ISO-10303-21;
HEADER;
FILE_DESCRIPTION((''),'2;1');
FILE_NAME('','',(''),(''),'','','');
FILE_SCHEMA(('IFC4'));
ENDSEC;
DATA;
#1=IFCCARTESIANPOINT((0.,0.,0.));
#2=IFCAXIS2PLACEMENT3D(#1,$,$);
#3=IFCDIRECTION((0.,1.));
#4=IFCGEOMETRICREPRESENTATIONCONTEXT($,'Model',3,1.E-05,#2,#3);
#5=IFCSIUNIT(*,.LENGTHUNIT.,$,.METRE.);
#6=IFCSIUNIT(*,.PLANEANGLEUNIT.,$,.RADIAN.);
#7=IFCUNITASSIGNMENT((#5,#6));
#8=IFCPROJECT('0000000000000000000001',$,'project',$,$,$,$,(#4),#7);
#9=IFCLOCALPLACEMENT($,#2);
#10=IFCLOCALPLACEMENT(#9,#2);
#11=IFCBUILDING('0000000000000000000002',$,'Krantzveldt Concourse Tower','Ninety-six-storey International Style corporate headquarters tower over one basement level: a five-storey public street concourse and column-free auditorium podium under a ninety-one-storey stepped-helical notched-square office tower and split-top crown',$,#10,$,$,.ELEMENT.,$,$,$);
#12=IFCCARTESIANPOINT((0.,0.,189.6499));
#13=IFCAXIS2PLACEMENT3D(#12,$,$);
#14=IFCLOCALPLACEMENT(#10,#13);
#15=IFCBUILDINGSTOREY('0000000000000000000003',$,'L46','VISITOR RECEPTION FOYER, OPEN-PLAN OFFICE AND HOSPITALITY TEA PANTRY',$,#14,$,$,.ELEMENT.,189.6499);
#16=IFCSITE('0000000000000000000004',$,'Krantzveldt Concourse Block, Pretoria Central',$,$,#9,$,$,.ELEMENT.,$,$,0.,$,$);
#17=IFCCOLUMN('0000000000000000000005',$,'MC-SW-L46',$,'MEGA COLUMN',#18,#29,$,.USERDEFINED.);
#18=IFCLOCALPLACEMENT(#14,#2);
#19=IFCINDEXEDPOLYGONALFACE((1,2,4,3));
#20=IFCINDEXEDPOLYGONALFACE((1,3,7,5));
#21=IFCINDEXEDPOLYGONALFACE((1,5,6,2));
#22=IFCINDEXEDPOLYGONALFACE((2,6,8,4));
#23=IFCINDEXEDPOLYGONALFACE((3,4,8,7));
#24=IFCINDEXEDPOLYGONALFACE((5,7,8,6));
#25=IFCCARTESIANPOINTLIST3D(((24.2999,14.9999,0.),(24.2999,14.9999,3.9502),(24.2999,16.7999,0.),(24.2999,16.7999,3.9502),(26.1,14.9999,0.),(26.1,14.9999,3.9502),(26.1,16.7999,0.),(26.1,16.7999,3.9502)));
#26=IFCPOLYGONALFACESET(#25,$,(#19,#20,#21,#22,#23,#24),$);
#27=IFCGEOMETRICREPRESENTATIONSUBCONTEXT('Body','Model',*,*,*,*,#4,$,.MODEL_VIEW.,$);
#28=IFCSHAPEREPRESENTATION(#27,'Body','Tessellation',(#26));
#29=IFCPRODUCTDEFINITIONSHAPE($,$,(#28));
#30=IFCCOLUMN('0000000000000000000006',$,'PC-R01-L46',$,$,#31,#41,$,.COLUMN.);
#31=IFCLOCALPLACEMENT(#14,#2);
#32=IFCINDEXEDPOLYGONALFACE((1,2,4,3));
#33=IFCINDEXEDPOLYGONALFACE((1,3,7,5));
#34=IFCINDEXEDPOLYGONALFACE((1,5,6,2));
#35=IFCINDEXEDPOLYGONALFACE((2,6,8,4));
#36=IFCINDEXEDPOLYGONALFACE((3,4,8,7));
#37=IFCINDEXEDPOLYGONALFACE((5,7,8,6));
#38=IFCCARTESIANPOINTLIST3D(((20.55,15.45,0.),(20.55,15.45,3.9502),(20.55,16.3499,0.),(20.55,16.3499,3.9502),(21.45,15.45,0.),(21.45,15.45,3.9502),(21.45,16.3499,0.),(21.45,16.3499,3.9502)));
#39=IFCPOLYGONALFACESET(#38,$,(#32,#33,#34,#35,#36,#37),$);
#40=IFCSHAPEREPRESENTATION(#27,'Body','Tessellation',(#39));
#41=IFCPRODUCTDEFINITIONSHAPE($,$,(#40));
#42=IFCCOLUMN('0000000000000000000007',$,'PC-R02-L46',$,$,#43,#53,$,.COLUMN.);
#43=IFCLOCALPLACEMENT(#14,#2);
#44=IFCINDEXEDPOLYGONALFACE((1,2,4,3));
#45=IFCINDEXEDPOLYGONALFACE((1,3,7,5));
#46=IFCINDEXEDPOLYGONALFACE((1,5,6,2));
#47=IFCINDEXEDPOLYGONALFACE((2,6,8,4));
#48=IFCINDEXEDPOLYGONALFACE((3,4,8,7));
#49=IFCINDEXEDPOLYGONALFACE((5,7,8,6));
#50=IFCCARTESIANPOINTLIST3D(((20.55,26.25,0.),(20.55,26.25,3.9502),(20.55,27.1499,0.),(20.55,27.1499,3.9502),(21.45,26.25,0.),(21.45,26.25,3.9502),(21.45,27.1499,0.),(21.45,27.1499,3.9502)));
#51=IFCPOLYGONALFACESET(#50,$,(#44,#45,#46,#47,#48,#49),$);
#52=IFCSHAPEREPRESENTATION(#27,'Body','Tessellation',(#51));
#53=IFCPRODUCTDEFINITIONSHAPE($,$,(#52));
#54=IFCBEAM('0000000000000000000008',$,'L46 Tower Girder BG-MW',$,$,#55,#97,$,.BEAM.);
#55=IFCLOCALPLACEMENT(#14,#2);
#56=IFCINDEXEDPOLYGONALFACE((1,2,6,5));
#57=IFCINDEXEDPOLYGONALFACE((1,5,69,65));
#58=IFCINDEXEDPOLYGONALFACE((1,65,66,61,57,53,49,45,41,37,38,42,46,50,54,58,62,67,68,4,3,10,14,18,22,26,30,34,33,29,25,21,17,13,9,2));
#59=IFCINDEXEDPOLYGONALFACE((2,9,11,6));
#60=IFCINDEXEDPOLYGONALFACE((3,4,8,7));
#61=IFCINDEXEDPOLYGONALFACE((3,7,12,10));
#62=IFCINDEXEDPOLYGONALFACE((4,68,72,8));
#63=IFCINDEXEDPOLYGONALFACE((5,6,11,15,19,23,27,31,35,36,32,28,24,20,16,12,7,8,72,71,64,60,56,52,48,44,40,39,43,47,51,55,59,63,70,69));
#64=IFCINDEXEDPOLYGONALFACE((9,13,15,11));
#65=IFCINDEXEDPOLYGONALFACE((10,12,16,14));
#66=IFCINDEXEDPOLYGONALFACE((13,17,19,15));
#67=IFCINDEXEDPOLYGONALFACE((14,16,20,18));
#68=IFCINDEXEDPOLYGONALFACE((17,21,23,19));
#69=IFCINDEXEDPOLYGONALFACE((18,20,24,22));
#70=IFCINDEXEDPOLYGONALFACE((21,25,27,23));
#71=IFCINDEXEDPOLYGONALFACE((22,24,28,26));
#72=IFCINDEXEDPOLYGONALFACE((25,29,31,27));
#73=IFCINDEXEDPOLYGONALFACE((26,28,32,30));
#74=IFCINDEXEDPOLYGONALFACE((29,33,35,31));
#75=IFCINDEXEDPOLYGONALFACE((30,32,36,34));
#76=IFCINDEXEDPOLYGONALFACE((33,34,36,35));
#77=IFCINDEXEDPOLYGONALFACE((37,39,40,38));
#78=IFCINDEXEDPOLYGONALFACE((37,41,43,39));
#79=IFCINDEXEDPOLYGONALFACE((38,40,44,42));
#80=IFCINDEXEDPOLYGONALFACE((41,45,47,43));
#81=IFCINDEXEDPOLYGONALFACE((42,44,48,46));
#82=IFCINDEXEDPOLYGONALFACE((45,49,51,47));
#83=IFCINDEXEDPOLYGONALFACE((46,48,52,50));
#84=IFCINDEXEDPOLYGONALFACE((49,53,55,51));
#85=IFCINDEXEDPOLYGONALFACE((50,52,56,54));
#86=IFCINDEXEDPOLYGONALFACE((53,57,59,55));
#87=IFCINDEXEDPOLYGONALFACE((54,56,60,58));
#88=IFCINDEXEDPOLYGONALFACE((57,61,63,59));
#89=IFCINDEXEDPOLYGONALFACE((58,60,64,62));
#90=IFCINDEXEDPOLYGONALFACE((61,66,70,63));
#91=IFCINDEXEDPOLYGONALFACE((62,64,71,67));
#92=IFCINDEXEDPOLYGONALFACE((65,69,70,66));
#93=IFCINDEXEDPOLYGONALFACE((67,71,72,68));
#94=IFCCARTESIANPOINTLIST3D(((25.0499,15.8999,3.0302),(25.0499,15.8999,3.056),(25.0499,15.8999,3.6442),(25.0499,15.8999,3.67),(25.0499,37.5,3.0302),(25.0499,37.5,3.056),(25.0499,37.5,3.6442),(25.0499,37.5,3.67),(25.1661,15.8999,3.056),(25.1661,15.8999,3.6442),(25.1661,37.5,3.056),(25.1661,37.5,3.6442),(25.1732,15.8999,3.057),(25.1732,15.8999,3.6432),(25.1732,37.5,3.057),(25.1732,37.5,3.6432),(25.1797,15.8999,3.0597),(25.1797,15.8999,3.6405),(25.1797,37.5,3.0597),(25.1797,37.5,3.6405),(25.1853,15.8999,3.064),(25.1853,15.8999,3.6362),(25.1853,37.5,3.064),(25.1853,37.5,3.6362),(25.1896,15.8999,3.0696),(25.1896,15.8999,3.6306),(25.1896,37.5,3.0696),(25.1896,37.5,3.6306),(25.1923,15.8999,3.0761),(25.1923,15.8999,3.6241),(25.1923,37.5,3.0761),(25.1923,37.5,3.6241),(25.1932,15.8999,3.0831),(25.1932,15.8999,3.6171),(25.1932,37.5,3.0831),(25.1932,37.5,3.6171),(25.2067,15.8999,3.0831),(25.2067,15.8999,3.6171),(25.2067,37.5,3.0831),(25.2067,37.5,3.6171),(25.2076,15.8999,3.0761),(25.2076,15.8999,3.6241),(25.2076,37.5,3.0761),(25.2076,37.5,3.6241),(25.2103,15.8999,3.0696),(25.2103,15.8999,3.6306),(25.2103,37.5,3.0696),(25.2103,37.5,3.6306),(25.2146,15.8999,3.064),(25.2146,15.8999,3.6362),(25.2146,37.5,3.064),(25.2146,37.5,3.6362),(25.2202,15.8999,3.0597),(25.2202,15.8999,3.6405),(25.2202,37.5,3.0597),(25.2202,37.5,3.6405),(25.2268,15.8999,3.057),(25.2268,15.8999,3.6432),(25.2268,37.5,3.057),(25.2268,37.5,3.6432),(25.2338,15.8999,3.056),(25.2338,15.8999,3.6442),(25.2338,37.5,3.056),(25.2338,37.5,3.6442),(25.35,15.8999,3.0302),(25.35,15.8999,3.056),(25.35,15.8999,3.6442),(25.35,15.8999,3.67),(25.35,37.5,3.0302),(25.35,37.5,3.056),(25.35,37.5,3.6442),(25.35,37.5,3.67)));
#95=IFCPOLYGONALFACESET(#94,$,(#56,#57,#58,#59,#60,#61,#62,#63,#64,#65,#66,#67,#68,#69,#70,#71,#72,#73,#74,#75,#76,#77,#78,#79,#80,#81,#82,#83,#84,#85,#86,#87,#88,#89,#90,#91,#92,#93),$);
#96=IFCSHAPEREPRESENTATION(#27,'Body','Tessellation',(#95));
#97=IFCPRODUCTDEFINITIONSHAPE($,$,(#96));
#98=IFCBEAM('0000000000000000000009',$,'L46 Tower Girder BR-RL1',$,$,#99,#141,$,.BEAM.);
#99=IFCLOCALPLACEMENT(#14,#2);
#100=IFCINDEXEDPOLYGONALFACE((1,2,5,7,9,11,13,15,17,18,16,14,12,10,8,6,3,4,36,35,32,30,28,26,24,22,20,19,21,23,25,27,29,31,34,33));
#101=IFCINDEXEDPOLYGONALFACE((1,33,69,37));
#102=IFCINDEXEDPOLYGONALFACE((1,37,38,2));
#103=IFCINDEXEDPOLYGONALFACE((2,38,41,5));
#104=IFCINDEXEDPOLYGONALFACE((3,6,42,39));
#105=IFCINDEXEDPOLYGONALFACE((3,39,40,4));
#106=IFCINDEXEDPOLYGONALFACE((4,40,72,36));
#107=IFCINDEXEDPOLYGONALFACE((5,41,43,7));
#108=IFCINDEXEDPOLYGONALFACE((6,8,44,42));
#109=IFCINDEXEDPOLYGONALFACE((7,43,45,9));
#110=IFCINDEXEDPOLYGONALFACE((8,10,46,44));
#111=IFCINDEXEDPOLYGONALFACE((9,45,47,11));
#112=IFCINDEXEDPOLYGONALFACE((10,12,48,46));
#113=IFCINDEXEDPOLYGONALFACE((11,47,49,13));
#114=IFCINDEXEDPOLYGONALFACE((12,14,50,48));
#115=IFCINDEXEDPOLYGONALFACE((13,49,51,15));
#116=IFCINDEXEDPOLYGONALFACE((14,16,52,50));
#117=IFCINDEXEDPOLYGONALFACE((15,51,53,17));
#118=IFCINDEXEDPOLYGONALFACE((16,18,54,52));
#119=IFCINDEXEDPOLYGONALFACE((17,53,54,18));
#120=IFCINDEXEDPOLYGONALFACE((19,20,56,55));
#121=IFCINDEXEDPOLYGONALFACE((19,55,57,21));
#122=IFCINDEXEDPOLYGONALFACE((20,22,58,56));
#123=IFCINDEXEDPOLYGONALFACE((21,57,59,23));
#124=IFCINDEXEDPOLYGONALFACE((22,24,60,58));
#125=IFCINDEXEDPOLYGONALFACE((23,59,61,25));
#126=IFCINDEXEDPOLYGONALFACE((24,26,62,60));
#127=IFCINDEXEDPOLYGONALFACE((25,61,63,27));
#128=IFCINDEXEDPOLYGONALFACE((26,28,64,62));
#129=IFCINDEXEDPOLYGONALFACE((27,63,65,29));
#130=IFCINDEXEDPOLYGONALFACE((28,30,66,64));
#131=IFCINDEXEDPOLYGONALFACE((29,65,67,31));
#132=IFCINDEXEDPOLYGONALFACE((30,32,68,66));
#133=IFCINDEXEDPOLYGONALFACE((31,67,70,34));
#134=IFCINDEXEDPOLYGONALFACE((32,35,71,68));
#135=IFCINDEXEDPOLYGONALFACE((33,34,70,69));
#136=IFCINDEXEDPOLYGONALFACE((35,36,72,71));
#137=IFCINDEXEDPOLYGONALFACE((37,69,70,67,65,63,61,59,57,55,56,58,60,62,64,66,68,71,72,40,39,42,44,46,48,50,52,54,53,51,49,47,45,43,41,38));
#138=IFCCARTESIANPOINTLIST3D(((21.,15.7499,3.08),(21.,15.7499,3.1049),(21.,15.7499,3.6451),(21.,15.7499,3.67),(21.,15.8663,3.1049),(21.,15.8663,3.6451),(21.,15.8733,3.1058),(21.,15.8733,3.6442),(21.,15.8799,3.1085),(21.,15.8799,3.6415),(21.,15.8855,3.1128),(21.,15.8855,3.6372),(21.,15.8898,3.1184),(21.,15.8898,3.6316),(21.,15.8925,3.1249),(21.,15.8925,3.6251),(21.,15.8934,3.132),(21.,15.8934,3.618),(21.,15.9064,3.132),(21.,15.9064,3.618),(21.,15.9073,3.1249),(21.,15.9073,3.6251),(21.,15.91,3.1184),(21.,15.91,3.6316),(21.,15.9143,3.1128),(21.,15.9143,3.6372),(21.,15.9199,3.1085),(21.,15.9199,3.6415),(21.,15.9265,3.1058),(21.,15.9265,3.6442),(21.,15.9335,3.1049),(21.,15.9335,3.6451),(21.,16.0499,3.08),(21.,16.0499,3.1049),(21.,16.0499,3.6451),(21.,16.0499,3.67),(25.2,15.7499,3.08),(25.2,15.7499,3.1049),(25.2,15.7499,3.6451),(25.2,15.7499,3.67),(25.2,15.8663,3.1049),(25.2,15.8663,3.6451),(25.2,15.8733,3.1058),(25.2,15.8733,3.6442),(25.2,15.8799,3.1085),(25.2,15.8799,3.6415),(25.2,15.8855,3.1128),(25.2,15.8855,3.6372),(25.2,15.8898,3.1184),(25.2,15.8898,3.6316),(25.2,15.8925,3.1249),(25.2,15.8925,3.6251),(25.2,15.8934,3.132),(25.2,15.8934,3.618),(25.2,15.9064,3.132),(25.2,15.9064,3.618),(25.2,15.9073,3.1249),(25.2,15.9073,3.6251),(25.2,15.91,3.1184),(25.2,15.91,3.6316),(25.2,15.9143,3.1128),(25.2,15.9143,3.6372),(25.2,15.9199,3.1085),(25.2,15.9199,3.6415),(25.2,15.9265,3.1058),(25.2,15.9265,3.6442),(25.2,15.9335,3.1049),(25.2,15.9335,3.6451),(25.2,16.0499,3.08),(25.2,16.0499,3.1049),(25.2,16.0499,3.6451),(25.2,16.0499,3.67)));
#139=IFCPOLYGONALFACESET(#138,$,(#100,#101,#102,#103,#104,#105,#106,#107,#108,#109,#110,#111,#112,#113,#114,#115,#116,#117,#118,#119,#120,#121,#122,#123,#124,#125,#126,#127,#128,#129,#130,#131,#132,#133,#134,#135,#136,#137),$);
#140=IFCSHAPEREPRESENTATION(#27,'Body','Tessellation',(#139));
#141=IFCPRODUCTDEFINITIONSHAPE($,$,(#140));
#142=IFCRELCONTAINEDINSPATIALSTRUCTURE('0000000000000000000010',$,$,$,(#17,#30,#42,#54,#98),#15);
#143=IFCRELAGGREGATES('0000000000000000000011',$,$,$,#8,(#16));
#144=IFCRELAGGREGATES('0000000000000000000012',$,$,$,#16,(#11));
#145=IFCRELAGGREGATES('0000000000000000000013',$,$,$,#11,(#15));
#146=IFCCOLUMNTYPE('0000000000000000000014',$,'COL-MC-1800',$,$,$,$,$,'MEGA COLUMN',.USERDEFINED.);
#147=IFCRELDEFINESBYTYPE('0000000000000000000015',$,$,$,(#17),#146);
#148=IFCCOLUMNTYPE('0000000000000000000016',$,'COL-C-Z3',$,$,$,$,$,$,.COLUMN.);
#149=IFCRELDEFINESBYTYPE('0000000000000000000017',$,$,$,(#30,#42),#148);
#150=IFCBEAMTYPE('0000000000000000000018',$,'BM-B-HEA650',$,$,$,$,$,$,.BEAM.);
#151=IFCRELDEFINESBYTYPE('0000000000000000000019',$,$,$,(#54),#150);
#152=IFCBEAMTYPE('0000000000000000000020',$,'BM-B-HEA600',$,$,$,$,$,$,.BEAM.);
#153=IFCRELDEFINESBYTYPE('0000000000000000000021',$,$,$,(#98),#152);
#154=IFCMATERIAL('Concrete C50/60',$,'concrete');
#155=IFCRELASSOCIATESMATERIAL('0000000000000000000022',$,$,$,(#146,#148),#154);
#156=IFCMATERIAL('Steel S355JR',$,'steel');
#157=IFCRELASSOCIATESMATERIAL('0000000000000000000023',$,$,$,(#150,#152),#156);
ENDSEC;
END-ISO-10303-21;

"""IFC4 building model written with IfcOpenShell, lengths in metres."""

from ifc_helpers import new_model, si_unit, direction, frame, origin, origin_2d, place, context, subcontext, project, spatial, rectangle, i_section, extrude, source, transform, mapped, material, material_profile, profile_set, type_object, type_shapes, element, save


model = new_model("IFC4")

# Units and contexts
model_context = context("Model", 3, precision=1e-05, world=origin(), true_north=direction((0.0, 1.0)))
body_context = subcontext(model_context, "Body", "Model", "MODEL_VIEW")
ifc_project = project(units=[si_unit("LENGTHUNIT", "METRE"), si_unit("PLANEANGLEUNIT", "RADIAN")], contexts=[model_context])

# Site, building, storey
site_placement = place(None, origin())
site = spatial("IfcSite", under=ifc_project, at=site_placement, Name="Krantzveldt Concourse Block, Pretoria Central", CompositionType="ELEMENT", RefElevation=0.0)
building_placement = place(site_placement, origin())
building = spatial("IfcBuilding", under=site, at=building_placement, Name="Krantzveldt Concourse Tower", Description="Ninety-six-storey International Style corporate headquarters tower over one basement level: a five-storey public street concourse and column-free auditorium podium under a ninety-one-storey stepped-helical notched-square office tower and split-top crown", CompositionType="ELEMENT")
storey_placement = place(building_placement, frame((0.0, 0.0, 189.6499)))
storey = spatial("IfcBuildingStorey", under=building, at=storey_placement, Name="L46", Description="VISITOR RECEPTION FOYER, OPEN-PLAN OFFICE AND HOSPITALITY TEA PANTRY", CompositionType="ELEMENT", Elevation=189.6499)

# Columns
ifc_material_1 = material(Name="Concrete C50/60", Category="concrete")
ifc_material_profile_1 = material_profile(ifc_material_1, rectangle(XDim=1.8, YDim=1.8, at=origin_2d()), Name="Concrete C50/60", Category="concrete")
ifc_profile_set_1 = profile_set([ifc_material_profile_1], Name="Concrete C50/60 - RC 1800x1800")
column_type_1 = type_object("IfcColumnType", Name="COL-MC-1800", ElementType="MEGA COLUMN", PredefinedType="USERDEFINED", material=ifc_profile_set_1)
shared_shape_1 = source(origin(), body_context, "Body", "SweptSolid", [
    extrude(rectangle(XDim=1.8, YDim=1.8, at=origin_2d()), origin(), (0.0, 0.0, 1.0), 3.9502),
])
type_shapes(column_type_1, [shared_shape_1])
column_placement = place(storey_placement, frame((25.2, 15.8999, 0.0), z_axis=(0.0, 0.0, 1.0), x_axis=(1.0, 0.0, 0.0)))
element("IfcColumn", 1, at=column_placement, inside=storey, type_object=column_type_1, Name="MC-SW-L46", ObjectType="MEGA COLUMN", PredefinedType="USERDEFINED", context=body_context, shape_type="MappedRepresentation", body=[
    mapped(shared_shape_1, transform((0.0, 0.0, 0.0), x_axis=(1.0, 0.0, 0.0), y_axis=(0.0, 1.0, 0.0), z_axis=(0.0, 0.0, 1.0), scale=1.0)),
])
ifc_material_profile_2 = material_profile(ifc_material_1, rectangle(XDim=0.8999, YDim=0.8999, at=origin_2d()), Name="Concrete C50/60", Category="concrete")
ifc_profile_set_2 = profile_set([ifc_material_profile_2], Name="Concrete C50/60 - RC 900x900")
column_type_2 = type_object("IfcColumnType", Name="COL-C-Z3", PredefinedType="COLUMN", material=ifc_profile_set_2)
shared_shape_2 = source(origin(), body_context, "Body", "SweptSolid", [
    extrude(rectangle(XDim=0.8999, YDim=0.8999, at=origin_2d()), origin(), (0.0, 0.0, 1.0), 3.9502),
])
type_shapes(column_type_2, [shared_shape_2])
for number, where, z_axis, x_axis, name in (
    (2, (21.0, 15.8999, 0.0), (0.0, 0.0, 1.0), (1.0, 0.0, 0.0), "PC-R01-L46"),
    (3, (21.0, 26.7, 0.0), (0.0, 0.0, 1.0), (1.0, 0.0, 0.0), "PC-R02-L46"),
):
    element("IfcColumn", number, at=place(storey_placement, frame(where, z_axis=z_axis, x_axis=x_axis)), inside=storey, type_object=column_type_2, Name=name, PredefinedType="COLUMN", context=body_context, shape_type="MappedRepresentation", body=[
        mapped(shared_shape_2, transform((0.0, 0.0, 0.0), x_axis=(1.0, 0.0, 0.0), y_axis=(0.0, 1.0, 0.0), z_axis=(0.0, 0.0, 1.0), scale=1.0)),
    ])

# Beams
ifc_material_2 = material(Name="Steel S355JR", Category="steel")
ifc_material_profile_3 = material_profile(ifc_material_2, i_section(OverallWidth=0.3, OverallDepth=0.6399, WebThickness=0.0134, FlangeThickness=0.0259, FilletRadius=0.0271, at=origin_2d()), Name="Steel S355JR", Category="steel")
ifc_profile_set_3 = profile_set([ifc_material_profile_3], Name="Steel S355JR - HEA 650")
beam_type_1 = type_object("IfcBeamType", Name="BM-B-HEA650", PredefinedType="BEAM", material=ifc_profile_set_3)
shared_shape_3 = source(origin(), body_context, "Body", "SweptSolid", [
    extrude(i_section(OverallWidth=0.3, OverallDepth=0.6399, WebThickness=0.0134, FlangeThickness=0.0259, FilletRadius=0.0271, at=origin_2d()), origin(), (0.0, 0.0, 1.0), 21.6001),
])
beam_1_placement = place(storey_placement, frame((25.2, 15.8999, 3.3501), z_axis=(0.0, 1.0, 0.0), x_axis=(-1.0, 0.0, 0.0)))
element("IfcBeam", 4, at=beam_1_placement, inside=storey, type_object=beam_type_1, Name="L46 Tower Girder BG-MW", PredefinedType="BEAM", context=body_context, shape_type="MappedRepresentation", body=[
    mapped(shared_shape_3, transform((0.0, 0.0, 0.0), x_axis=(1.0, 0.0, 0.0), y_axis=(0.0, 1.0, 0.0), z_axis=(0.0, 0.0, 1.0), scale=1.0)),
])
ifc_material_profile_4 = material_profile(ifc_material_2, i_section(OverallWidth=0.3, OverallDepth=0.5901, WebThickness=0.0129, FlangeThickness=0.0249, FilletRadius=0.0271, at=origin_2d()), Name="Steel S355JR", Category="steel")
ifc_profile_set_4 = profile_set([ifc_material_profile_4], Name="Steel S355JR - HEA 600")
beam_type_2 = type_object("IfcBeamType", Name="BM-B-HEA600", PredefinedType="BEAM", material=ifc_profile_set_4)
shared_shape_4 = source(origin(), body_context, "Body", "SweptSolid", [
    extrude(i_section(OverallWidth=0.3, OverallDepth=0.5901, WebThickness=0.0129, FlangeThickness=0.0249, FilletRadius=0.0271, at=origin_2d()), origin(), (0.0, 0.0, 1.0), 4.2),
])
beam_2_placement = place(storey_placement, frame((21.0, 15.8999, 3.375), z_axis=(1.0, 0.0, 0.0), x_axis=(0.0, 1.0, 0.0)))
element("IfcBeam", 5, at=beam_2_placement, inside=storey, type_object=beam_type_2, Name="L46 Tower Girder BR-RL1", PredefinedType="BEAM", context=body_context, shape_type="MappedRepresentation", body=[
    mapped(shared_shape_4, transform((0.0, 0.0, 0.0), x_axis=(1.0, 0.0, 0.0), y_axis=(0.0, 1.0, 0.0), z_axis=(0.0, 0.0, 1.0), scale=1.0)),
])

save(model, "model.ifc")
